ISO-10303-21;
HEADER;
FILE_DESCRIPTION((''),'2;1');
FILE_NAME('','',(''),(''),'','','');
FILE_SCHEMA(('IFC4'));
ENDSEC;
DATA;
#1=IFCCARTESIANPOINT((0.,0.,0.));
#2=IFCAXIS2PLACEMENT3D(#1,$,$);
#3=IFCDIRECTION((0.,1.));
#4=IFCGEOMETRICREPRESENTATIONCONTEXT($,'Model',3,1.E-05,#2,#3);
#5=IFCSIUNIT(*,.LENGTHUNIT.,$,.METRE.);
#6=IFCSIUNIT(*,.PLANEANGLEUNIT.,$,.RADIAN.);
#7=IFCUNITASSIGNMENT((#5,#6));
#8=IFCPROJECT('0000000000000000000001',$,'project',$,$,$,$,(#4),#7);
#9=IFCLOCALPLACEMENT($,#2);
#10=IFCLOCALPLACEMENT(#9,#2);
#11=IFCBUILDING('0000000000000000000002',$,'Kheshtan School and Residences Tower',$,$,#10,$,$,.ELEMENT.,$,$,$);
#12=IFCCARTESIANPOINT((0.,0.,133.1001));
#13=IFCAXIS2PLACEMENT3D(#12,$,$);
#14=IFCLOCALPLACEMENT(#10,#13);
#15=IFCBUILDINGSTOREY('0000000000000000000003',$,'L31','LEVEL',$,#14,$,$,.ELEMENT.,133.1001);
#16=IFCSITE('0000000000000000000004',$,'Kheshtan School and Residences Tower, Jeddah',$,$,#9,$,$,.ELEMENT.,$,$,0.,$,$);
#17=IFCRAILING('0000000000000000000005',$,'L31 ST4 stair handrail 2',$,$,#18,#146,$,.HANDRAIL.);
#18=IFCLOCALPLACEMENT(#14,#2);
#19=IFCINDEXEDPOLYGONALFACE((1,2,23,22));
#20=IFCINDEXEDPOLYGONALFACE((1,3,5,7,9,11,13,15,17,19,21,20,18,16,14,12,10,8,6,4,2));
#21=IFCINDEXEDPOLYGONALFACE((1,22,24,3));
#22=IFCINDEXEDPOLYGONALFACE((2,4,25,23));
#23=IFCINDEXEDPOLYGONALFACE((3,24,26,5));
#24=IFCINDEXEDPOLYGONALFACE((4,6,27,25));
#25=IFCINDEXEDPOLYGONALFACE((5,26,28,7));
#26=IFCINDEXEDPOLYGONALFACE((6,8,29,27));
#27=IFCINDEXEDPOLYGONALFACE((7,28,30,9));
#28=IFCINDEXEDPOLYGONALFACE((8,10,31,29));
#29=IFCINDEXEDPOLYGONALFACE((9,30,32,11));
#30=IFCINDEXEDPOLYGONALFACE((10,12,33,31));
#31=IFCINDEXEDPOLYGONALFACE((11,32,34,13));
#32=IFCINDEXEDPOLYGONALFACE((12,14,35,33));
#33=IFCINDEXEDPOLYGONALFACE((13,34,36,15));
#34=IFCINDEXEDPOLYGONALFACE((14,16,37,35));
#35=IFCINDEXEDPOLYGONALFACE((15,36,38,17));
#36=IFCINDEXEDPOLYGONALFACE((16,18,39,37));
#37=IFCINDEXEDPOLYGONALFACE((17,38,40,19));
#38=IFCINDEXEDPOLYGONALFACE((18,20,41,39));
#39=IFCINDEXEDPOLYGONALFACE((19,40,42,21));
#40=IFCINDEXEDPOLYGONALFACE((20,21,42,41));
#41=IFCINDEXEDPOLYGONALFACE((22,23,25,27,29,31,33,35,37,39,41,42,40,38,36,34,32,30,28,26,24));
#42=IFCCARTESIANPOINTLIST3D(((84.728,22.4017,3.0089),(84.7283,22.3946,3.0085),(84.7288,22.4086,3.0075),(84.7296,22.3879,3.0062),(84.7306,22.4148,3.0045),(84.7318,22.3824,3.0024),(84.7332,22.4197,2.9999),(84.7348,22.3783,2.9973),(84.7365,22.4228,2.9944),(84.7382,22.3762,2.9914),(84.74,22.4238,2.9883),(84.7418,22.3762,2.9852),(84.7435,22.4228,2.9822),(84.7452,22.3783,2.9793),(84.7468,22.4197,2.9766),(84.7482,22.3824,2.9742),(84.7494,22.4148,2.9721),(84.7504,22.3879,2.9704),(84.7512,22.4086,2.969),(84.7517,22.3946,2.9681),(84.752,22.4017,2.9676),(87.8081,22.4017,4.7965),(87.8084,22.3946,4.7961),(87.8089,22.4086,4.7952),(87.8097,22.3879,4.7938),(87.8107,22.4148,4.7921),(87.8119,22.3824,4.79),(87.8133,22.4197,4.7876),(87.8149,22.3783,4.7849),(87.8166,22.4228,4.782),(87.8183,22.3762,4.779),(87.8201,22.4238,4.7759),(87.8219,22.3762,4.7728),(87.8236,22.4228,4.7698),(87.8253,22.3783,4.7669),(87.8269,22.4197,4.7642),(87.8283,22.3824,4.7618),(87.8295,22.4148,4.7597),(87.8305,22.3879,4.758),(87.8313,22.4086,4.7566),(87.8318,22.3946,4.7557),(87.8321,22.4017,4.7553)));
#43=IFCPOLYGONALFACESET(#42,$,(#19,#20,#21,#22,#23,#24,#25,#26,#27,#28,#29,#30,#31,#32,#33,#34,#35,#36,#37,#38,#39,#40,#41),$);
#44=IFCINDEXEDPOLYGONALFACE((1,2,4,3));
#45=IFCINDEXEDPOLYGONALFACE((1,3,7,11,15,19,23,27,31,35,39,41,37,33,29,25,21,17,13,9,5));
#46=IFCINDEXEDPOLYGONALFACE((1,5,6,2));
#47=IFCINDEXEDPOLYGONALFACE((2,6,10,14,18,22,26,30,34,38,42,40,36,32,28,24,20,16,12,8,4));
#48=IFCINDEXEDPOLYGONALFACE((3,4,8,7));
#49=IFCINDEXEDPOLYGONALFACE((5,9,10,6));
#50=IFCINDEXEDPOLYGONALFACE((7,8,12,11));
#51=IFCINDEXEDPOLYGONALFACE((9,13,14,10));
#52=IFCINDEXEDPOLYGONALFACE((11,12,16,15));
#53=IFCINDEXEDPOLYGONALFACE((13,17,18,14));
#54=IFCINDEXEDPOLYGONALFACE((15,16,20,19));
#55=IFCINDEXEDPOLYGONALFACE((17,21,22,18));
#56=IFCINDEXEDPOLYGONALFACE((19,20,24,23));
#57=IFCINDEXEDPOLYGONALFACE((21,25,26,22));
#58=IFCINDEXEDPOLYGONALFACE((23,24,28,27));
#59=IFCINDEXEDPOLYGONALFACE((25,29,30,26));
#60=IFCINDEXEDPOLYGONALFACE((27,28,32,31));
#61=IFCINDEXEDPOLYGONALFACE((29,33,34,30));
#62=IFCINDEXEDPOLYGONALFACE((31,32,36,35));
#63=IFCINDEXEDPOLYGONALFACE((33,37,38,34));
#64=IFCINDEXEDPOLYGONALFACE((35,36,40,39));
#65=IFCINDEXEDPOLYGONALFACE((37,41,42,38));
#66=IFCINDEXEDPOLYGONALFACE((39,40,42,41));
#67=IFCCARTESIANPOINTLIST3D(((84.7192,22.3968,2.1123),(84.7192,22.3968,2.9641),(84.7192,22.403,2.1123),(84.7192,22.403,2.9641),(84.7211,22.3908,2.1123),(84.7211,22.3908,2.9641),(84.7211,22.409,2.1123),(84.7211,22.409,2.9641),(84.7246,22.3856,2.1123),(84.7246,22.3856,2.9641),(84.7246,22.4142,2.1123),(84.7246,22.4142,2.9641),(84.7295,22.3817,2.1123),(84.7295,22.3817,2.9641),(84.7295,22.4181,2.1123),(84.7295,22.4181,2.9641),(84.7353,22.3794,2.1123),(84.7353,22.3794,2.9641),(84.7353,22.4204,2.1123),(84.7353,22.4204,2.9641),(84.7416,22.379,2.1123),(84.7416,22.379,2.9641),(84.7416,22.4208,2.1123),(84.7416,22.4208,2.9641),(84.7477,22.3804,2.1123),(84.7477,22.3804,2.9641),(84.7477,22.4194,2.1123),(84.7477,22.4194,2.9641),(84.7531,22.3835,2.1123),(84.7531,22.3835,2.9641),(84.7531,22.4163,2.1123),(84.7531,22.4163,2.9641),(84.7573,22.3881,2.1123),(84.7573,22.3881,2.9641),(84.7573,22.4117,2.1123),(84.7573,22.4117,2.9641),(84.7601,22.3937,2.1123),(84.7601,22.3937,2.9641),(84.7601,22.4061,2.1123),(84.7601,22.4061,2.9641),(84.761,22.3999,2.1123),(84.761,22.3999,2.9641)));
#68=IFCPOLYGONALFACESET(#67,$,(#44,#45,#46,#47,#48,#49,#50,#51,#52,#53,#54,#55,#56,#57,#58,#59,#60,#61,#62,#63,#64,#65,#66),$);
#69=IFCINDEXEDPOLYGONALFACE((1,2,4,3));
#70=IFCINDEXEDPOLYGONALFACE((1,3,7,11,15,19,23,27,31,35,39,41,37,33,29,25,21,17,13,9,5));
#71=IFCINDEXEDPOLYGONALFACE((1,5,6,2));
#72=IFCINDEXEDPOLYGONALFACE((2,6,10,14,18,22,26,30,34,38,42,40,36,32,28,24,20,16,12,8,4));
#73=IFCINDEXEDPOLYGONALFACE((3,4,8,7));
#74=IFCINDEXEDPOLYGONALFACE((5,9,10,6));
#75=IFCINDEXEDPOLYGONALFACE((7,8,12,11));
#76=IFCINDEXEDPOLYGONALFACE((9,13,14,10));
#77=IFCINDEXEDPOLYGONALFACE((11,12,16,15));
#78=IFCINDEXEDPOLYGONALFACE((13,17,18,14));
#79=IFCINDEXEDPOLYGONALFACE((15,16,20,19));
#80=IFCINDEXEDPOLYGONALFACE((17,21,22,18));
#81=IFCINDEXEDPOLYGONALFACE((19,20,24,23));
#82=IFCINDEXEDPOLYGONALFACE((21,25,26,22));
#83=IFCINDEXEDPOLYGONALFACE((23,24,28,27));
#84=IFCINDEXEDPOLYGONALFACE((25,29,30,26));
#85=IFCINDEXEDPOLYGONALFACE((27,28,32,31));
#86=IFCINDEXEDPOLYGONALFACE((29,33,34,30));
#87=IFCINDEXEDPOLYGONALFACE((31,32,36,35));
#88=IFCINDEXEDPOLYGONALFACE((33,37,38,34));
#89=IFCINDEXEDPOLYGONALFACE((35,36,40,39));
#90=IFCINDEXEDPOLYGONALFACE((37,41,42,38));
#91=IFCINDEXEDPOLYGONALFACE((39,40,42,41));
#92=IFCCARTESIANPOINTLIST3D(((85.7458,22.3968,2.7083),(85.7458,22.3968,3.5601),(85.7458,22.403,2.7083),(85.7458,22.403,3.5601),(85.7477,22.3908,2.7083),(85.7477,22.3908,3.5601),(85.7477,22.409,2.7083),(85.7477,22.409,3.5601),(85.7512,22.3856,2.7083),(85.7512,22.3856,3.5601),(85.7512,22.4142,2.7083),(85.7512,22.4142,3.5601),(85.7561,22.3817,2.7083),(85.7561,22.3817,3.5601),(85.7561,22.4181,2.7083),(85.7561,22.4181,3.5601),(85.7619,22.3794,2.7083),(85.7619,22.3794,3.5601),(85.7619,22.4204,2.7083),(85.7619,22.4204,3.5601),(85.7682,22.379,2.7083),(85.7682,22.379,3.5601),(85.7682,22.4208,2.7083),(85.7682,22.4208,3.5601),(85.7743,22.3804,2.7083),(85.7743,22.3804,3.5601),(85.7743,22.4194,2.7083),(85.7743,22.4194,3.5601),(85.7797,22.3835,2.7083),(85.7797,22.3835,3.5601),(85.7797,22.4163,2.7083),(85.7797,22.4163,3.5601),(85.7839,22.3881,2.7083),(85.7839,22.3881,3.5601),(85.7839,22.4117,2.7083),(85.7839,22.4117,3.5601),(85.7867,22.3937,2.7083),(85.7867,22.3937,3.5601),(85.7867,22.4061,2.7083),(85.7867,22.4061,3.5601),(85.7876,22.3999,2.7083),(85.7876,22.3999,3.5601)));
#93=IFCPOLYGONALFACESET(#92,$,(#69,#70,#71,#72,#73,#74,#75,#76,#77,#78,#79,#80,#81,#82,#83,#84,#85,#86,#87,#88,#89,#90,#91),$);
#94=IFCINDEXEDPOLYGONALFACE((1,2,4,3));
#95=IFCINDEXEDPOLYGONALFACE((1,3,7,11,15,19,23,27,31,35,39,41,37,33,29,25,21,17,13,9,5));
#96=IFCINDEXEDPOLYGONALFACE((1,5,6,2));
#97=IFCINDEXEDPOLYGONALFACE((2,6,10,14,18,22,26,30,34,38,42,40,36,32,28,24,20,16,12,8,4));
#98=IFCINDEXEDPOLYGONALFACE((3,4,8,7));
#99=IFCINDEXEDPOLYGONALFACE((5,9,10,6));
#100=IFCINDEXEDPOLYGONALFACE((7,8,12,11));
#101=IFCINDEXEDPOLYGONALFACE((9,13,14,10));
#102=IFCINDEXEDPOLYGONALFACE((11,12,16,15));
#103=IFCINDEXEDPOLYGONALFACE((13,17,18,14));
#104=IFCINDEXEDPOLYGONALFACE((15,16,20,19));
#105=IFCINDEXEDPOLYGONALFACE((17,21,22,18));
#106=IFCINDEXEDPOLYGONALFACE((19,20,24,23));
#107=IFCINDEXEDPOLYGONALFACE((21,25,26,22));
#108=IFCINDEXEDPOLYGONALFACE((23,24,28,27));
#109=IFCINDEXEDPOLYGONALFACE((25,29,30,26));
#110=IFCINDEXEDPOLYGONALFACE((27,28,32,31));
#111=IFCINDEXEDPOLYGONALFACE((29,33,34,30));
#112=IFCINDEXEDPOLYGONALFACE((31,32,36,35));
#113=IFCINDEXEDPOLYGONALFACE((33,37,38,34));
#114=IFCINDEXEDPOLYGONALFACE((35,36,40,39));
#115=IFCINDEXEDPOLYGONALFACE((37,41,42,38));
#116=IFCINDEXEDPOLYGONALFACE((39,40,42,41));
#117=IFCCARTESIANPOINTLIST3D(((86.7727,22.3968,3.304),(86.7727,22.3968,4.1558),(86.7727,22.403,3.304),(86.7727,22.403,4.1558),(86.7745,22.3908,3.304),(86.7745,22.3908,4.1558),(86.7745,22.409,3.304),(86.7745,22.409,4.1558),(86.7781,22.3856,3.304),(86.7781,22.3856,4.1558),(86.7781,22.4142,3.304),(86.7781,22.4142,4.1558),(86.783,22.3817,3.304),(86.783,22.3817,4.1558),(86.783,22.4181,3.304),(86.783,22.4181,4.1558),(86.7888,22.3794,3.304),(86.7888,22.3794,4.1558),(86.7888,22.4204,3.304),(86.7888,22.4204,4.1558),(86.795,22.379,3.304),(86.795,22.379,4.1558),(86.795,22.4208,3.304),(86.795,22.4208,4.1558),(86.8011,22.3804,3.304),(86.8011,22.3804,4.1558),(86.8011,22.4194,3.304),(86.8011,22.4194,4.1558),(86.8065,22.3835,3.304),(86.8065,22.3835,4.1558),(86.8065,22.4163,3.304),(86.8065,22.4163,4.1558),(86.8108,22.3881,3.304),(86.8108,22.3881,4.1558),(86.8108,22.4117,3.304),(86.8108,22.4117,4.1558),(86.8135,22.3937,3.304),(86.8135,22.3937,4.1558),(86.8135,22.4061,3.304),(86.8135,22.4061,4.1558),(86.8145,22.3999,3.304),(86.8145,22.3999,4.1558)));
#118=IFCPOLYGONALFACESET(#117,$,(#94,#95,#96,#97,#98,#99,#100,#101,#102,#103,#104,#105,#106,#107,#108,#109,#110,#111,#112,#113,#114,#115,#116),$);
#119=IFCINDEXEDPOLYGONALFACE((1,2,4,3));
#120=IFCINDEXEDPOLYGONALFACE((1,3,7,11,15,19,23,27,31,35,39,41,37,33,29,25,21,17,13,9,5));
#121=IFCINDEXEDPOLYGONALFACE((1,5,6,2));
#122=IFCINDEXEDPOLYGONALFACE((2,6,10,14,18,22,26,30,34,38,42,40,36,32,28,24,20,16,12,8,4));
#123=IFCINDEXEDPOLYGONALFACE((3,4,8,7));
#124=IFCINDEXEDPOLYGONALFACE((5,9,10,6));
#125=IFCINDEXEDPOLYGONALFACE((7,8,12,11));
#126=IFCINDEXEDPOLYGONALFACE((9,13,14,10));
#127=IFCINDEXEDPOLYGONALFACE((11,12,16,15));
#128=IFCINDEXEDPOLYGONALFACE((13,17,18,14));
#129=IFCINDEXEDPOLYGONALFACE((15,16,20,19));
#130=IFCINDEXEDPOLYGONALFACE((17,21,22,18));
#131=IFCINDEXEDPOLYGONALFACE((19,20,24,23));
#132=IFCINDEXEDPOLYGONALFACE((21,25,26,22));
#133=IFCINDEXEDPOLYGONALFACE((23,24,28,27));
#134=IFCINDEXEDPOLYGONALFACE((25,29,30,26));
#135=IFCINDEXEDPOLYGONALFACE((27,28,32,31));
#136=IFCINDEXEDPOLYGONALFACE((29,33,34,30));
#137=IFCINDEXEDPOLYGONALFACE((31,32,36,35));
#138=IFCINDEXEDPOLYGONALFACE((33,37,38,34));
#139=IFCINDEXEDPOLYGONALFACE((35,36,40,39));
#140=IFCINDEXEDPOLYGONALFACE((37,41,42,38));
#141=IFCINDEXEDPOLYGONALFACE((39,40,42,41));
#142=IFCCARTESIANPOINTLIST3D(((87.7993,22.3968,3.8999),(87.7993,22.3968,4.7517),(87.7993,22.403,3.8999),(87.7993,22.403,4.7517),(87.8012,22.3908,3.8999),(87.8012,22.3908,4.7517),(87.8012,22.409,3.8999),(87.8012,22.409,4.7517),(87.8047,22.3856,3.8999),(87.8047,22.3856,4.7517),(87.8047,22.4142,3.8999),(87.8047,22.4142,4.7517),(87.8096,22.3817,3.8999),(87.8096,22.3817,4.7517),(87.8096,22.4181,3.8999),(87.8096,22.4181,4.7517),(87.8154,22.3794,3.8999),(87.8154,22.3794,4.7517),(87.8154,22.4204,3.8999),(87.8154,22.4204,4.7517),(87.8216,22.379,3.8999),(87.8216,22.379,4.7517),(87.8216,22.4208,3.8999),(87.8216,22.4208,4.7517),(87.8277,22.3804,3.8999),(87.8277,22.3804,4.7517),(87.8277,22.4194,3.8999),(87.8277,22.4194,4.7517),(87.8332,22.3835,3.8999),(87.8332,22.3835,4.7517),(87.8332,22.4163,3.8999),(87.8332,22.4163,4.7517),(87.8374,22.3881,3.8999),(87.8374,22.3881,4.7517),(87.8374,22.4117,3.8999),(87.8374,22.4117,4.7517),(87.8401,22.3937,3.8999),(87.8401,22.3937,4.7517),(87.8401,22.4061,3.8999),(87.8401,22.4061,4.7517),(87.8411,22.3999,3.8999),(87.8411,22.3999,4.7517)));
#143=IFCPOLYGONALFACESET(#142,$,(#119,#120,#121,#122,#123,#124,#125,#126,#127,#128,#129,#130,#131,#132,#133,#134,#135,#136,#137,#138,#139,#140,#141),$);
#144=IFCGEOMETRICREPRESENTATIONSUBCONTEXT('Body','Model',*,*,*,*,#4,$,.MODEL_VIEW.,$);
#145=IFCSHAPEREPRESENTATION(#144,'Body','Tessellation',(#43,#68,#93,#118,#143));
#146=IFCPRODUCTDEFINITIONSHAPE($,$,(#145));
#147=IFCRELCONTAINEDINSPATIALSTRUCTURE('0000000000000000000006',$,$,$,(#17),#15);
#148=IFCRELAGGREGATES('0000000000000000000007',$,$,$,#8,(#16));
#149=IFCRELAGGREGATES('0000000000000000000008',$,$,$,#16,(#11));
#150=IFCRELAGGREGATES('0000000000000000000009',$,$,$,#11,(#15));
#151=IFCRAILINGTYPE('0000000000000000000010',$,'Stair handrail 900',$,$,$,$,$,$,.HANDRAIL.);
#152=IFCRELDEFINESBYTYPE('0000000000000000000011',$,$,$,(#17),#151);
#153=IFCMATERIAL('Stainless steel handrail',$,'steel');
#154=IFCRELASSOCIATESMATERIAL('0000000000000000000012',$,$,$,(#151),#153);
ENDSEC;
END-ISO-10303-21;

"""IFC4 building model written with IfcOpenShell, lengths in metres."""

from ifc_helpers import new_model, si_unit, direction, frame, origin, origin_2d, place, context, subcontext, project, spatial, circle, extrude, material, type_object, element, save


model = new_model("IFC4")

# Units and contexts
model_context = context("Model", 3, precision=1e-05, world=origin(), true_north=direction((0.0, 1.0)))
body_context = subcontext(model_context, "Body", "Model", "MODEL_VIEW")
ifc_project = project(units=[si_unit("LENGTHUNIT", "METRE"), si_unit("PLANEANGLEUNIT", "RADIAN")], contexts=[model_context])

# Site, building, storey
site_placement = place(None, origin())
site = spatial("IfcSite", under=ifc_project, at=site_placement, Name="Kheshtan School and Residences Tower, Jeddah", CompositionType="ELEMENT", RefElevation=0.0)
building_placement = place(site_placement, origin())
building = spatial("IfcBuilding", under=site, at=building_placement, Name="Kheshtan School and Residences Tower", CompositionType="ELEMENT")
storey_placement = place(building_placement, frame((0.0, 0.0, 133.1001)))
storey = spatial("IfcBuildingStorey", under=building, at=storey_placement, Name="L31", Description="LEVEL", CompositionType="ELEMENT", Elevation=133.1001)

# Railing
ifc_material_1 = material(Name="Stainless steel handrail", Category="steel")
railing_type_1 = type_object("IfcRailingType", Name="Stair handrail 900", PredefinedType="HANDRAIL", material=ifc_material_1)
railing_1_placement = place(storey_placement, frame((84.74, 22.3999, 2.1123)))
element("IfcRailing", 1, at=railing_1_placement, inside=storey, type_object=railing_type_1, Name="L31 ST4 stair handrail 2", PredefinedType="HANDRAIL", context=body_context, shape_type="SweptSolid", body=[
    extrude(circle(Radius=0.0239, at=origin_2d()), frame((0.0, 0.0, 0.876), z_axis=(0.864891, 0.0, 0.50196), x_axis=(0.0, 1.0, 0.0)), (0.0, 0.0, 1.0), 3.5613),
    extrude(circle(Radius=0.021, at=origin_2d()), origin(), (0.0, 0.0, 1.0), 0.8518),
    extrude(circle(Radius=0.021, at=origin_2d()), frame((1.0266, 0.0, 0.5959)), (0.0, 0.0, 1.0), 0.8518),
    extrude(circle(Radius=0.021, at=origin_2d()), frame((2.0535, 0.0, 1.1917)), (0.0, 0.0, 1.0), 0.8518),
    extrude(circle(Radius=0.021, at=origin_2d()), frame((3.0801, 0.0, 1.7876)), (0.0, 0.0, 1.0), 0.8518),
])

save(model, "model.ifc")
